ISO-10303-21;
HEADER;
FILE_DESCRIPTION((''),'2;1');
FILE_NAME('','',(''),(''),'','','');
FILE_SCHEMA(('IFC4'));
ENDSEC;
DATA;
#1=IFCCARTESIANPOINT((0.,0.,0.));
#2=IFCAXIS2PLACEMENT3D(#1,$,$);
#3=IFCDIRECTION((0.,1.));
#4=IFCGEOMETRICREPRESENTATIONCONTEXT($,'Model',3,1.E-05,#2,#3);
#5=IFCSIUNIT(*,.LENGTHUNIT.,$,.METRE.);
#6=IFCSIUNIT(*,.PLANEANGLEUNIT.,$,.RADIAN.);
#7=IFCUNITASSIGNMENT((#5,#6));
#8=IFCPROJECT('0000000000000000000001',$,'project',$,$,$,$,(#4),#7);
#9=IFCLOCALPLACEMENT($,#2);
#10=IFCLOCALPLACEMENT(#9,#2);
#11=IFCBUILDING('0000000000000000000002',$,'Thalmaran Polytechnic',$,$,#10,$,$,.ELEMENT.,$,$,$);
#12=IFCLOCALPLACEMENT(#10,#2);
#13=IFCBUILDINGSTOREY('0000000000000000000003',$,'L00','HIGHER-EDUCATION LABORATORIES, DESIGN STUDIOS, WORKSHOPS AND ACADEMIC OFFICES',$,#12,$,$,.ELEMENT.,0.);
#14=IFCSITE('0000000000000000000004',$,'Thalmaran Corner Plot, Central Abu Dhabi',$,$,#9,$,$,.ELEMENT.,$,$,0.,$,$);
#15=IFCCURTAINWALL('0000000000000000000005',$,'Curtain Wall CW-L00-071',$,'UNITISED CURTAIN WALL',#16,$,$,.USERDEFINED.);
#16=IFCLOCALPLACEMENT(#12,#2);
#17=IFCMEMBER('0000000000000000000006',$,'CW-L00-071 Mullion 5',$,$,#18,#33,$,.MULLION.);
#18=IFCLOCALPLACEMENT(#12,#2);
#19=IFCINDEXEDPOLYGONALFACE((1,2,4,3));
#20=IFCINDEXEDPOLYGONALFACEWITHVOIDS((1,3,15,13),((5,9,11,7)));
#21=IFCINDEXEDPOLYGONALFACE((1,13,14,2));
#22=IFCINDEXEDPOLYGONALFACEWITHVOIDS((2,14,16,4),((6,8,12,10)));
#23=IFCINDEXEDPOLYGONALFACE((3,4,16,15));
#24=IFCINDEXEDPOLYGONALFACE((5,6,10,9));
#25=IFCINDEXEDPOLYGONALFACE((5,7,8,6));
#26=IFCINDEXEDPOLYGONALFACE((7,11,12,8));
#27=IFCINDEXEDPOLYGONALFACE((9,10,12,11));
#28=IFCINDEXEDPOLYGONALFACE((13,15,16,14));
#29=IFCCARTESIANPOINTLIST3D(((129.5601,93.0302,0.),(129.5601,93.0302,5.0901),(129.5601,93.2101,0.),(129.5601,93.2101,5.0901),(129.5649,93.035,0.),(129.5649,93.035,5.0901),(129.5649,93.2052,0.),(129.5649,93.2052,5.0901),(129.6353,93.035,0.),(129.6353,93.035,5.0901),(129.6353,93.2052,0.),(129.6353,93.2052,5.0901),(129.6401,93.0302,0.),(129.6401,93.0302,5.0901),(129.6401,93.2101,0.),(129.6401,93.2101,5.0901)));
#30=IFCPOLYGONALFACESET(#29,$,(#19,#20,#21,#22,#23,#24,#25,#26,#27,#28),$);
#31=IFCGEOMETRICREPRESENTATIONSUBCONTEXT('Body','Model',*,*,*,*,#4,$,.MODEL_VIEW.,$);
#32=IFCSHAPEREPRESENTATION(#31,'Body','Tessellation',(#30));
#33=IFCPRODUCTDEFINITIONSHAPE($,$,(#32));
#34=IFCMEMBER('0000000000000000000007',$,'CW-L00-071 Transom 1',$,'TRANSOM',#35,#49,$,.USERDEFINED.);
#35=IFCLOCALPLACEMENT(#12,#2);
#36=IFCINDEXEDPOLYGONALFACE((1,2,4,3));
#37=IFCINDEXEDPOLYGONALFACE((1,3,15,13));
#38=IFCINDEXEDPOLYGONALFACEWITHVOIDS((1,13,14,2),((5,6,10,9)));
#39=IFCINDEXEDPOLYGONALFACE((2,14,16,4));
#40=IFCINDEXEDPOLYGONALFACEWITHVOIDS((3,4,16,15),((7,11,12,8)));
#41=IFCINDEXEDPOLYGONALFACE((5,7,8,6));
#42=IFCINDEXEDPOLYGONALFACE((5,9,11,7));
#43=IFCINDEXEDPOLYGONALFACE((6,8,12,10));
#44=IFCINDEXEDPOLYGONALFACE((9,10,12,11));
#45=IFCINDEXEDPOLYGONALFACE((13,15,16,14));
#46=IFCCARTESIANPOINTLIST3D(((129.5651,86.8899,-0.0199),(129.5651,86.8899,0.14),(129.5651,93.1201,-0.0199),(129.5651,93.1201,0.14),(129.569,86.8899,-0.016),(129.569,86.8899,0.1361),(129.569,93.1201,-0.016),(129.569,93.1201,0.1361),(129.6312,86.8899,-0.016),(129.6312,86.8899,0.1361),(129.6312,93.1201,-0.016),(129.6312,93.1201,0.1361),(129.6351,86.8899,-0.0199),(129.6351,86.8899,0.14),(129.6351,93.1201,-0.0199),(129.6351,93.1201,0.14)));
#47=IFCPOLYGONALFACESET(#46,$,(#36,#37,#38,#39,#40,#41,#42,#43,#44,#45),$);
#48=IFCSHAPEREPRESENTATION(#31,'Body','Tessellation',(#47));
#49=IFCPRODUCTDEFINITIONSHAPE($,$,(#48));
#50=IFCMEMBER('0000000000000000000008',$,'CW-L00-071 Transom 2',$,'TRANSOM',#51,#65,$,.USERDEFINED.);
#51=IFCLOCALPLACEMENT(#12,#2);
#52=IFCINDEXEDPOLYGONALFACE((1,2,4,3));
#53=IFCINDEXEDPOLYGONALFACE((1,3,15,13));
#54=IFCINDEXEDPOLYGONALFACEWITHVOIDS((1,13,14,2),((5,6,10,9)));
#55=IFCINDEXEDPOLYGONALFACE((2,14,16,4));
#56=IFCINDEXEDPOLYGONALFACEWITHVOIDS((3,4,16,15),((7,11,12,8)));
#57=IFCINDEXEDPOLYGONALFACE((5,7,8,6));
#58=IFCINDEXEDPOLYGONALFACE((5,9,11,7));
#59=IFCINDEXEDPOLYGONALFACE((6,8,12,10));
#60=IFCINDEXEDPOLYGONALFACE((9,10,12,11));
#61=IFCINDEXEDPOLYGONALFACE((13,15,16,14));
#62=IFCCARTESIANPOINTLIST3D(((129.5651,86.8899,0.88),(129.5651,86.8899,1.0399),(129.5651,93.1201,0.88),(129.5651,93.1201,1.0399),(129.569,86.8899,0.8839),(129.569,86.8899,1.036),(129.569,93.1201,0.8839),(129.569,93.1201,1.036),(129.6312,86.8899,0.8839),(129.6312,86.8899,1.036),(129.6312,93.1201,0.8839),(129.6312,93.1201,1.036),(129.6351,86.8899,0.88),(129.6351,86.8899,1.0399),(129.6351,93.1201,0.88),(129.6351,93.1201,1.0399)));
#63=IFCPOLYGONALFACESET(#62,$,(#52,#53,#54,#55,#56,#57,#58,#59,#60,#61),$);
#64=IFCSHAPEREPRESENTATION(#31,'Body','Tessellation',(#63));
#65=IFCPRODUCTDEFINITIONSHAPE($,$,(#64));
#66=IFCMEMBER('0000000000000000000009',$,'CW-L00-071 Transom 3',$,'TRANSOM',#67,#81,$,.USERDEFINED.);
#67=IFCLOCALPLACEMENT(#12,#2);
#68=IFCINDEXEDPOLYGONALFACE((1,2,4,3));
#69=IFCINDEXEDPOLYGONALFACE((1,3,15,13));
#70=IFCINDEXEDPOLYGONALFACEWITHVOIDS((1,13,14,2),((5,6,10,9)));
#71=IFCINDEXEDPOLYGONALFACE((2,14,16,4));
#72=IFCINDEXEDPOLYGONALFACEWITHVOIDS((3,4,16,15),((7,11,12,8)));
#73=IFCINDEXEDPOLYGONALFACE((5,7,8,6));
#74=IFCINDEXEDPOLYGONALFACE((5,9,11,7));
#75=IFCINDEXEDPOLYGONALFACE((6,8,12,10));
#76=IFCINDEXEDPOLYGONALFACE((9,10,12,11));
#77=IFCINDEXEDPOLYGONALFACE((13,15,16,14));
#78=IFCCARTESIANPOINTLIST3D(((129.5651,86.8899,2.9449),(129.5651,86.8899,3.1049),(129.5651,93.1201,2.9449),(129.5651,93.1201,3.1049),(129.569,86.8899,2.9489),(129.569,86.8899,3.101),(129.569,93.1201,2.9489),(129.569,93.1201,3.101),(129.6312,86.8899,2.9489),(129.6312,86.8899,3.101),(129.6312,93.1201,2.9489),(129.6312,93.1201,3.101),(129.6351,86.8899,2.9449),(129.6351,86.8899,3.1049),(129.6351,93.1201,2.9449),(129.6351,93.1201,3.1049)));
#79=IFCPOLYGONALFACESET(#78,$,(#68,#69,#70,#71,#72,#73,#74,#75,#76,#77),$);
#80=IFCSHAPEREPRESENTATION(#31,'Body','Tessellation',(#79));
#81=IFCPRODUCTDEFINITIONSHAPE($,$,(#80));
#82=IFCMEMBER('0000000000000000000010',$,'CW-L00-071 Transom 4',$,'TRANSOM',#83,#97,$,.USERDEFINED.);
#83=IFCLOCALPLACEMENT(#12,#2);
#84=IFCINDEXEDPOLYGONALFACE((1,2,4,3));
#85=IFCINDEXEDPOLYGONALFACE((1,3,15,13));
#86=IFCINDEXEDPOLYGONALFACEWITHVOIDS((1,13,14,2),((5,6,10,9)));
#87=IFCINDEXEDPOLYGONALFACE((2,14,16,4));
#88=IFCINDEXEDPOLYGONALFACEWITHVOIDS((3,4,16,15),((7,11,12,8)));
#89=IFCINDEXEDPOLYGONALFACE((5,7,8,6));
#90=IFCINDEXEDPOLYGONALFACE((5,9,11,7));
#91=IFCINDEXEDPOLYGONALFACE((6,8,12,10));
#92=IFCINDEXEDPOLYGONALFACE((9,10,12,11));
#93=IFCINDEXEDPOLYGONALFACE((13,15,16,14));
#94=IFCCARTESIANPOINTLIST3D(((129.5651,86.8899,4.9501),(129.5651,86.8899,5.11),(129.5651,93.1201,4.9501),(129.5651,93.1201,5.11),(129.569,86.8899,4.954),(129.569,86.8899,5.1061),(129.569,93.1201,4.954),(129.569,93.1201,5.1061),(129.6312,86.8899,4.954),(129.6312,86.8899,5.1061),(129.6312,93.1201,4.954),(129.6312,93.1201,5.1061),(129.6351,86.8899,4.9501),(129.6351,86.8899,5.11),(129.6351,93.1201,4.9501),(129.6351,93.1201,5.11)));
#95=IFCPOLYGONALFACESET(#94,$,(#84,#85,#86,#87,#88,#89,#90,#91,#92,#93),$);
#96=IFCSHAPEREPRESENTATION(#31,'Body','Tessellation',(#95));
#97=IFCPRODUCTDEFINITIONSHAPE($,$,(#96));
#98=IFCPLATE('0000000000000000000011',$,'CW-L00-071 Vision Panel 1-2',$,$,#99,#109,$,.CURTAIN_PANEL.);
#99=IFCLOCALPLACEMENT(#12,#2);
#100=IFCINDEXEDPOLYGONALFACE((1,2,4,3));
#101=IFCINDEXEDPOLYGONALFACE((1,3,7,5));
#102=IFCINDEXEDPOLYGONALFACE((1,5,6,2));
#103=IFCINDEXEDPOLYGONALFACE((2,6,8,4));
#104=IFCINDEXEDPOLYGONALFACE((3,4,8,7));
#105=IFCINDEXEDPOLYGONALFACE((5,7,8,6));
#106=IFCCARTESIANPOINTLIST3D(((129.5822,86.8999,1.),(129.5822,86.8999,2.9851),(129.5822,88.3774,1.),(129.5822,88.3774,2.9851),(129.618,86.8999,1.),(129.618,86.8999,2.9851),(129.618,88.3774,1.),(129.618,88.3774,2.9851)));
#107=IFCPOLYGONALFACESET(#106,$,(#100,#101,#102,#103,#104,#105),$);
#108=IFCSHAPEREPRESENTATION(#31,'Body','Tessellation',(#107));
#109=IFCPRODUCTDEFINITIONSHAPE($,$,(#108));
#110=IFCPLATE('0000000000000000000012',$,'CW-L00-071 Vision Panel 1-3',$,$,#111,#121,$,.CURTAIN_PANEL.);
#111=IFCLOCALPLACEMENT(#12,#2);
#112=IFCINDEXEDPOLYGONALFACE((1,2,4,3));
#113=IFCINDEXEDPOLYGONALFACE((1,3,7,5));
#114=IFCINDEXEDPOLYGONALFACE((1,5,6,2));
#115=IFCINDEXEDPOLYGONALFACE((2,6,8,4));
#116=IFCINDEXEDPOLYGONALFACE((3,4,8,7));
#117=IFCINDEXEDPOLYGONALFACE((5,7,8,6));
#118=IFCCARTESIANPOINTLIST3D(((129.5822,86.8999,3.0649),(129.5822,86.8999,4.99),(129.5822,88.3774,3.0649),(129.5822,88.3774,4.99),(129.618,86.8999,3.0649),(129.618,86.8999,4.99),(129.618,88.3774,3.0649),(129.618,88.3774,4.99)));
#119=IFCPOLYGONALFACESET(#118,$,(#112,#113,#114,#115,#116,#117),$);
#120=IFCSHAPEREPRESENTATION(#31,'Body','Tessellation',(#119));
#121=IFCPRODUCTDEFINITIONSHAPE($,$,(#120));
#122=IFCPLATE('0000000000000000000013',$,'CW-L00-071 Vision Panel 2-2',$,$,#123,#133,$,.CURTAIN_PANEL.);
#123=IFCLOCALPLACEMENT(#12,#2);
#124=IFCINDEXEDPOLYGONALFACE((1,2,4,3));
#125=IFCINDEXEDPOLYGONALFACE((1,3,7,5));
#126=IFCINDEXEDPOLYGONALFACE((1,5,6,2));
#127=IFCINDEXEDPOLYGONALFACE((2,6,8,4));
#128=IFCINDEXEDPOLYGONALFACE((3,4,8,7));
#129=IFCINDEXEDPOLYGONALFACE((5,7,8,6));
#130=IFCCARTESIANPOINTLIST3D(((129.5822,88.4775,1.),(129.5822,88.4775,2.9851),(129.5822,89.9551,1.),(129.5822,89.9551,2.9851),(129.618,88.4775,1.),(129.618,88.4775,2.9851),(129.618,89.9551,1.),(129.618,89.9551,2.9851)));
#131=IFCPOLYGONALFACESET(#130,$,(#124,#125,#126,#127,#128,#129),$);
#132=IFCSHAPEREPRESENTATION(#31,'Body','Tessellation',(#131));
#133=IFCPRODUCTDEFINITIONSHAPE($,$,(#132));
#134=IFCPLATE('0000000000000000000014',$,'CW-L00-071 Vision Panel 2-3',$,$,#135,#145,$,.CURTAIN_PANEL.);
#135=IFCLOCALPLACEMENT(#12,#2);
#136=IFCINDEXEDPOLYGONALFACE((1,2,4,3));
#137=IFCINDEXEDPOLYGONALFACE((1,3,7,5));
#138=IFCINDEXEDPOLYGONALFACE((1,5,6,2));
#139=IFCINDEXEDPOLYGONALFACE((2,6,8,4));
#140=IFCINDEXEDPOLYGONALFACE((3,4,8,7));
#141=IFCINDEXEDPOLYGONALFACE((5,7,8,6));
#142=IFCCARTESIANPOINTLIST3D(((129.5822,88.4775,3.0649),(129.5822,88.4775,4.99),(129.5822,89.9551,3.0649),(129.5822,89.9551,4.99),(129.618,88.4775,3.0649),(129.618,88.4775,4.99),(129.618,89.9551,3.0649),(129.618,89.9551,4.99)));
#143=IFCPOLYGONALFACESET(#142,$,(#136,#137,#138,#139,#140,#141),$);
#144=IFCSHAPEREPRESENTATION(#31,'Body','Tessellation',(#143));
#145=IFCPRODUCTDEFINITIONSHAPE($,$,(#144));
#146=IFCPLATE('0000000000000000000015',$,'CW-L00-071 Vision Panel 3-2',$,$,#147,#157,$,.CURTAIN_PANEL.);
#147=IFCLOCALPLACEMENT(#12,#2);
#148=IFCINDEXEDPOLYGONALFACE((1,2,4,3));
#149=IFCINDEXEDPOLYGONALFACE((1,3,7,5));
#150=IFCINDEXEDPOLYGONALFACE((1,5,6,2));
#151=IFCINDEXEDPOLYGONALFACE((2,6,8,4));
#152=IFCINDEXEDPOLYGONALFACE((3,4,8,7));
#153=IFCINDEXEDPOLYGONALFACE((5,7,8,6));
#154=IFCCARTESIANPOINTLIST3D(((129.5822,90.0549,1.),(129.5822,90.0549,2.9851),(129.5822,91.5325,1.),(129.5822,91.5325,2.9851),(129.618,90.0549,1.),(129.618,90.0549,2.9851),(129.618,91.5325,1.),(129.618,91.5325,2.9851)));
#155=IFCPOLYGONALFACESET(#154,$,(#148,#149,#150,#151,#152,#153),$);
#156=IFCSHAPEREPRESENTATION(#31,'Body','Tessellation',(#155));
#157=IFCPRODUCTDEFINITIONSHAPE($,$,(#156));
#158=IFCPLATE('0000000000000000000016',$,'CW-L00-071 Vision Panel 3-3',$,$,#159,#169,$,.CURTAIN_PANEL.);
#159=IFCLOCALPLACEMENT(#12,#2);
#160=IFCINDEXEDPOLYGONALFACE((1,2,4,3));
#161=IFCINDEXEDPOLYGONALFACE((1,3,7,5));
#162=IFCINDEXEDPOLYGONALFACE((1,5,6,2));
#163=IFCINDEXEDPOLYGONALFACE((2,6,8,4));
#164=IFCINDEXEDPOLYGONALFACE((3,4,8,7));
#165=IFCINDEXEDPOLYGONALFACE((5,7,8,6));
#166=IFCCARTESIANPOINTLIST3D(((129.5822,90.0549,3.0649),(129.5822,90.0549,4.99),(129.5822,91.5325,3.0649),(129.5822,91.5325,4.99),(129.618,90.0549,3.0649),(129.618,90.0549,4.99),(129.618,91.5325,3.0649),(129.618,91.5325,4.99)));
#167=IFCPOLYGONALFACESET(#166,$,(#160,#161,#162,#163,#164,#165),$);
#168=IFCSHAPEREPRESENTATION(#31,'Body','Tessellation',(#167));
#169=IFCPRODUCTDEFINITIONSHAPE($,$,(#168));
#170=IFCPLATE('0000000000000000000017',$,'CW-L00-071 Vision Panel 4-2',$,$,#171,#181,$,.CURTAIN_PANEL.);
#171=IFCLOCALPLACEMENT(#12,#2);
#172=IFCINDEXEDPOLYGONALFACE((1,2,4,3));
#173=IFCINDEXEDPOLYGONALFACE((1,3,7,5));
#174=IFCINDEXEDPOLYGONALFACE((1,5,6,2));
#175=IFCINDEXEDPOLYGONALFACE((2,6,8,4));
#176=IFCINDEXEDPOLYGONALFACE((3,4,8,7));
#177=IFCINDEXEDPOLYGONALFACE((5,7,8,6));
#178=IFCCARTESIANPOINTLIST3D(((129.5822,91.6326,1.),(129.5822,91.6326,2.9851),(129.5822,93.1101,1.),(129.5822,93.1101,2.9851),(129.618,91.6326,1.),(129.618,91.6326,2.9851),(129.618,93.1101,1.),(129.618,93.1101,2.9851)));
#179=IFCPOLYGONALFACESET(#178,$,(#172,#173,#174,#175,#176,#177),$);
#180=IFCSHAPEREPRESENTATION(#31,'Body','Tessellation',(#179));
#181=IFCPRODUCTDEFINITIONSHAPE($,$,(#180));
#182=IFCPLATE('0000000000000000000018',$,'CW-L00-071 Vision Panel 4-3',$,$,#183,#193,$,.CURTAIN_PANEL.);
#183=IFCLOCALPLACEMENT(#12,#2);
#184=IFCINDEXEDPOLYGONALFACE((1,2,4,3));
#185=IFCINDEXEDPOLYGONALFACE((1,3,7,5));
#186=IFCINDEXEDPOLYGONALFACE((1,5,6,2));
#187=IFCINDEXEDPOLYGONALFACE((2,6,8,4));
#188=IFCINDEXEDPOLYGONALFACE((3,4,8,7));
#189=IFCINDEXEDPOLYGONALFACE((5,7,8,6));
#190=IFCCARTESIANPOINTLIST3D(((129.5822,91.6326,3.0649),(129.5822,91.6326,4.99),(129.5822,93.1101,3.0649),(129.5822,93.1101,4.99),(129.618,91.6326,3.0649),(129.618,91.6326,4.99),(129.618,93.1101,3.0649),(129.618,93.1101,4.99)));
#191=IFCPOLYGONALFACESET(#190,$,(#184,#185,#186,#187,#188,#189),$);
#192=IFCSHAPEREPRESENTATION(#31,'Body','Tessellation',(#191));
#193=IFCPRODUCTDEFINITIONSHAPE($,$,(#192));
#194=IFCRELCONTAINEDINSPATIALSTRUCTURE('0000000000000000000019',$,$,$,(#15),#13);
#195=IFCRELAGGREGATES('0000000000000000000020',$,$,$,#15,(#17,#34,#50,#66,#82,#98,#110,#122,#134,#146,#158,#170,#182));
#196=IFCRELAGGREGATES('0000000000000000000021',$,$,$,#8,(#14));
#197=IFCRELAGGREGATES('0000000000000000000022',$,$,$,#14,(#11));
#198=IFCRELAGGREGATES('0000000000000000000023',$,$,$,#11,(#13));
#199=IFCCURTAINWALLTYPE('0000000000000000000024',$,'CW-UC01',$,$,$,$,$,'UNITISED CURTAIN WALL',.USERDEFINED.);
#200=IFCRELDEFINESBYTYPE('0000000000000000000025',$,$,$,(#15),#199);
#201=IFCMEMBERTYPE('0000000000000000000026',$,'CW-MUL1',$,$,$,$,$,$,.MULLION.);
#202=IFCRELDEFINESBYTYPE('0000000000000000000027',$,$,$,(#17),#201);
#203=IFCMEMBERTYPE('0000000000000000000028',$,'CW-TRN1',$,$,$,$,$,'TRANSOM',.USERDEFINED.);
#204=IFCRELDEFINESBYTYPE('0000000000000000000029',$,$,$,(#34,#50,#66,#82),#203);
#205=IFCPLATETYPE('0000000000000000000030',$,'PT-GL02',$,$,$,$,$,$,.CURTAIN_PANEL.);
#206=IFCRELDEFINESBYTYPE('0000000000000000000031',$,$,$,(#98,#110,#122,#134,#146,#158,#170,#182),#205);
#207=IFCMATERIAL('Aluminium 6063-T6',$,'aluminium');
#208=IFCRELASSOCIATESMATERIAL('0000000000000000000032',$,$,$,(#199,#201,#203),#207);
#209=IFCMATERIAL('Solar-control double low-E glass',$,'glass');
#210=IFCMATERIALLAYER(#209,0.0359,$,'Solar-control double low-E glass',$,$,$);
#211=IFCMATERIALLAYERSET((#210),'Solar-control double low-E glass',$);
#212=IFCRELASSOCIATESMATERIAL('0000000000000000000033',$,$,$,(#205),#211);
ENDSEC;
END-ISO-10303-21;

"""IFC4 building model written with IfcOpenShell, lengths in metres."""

from ifc_helpers import new_model, si_unit, direction, frame, origin, origin_2d, place, context, subcontext, project, spatial, rectangle, hollow_rectangle, extrude, material, layer, layer_set, material_profile, profile_set, type_object, element, aggregate, save


model = new_model("IFC4")

# Units and contexts
model_context = context("Model", 3, precision=1e-05, world=origin(), true_north=direction((0.0, 1.0)))
body_context = subcontext(model_context, "Body", "Model", "MODEL_VIEW")
ifc_project = project(units=[si_unit("LENGTHUNIT", "METRE"), si_unit("PLANEANGLEUNIT", "RADIAN")], contexts=[model_context])

# Site, building, storey
site_placement = place(None, origin())
site = spatial("IfcSite", under=ifc_project, at=site_placement, Name="Thalmaran Corner Plot, Central Abu Dhabi", CompositionType="ELEMENT", RefElevation=0.0)
building_placement = place(site_placement, origin())
building = spatial("IfcBuilding", under=site, at=building_placement, Name="Thalmaran Polytechnic", CompositionType="ELEMENT")
storey_placement = place(building_placement, origin())
storey = spatial("IfcBuildingStorey", under=building, at=storey_placement, Name="L00", Description="HIGHER-EDUCATION LABORATORIES, DESIGN STUDIOS, WORKSHOPS AND ACADEMIC OFFICES", CompositionType="ELEMENT", Elevation=0.0)

# Curtain wall, members, plates
ifc_material_1 = material(Name="Aluminium 6063-T6", Category="aluminium")
curtain_wall_type = type_object("IfcCurtainWallType", Name="CW-UC01", ElementType="UNITISED CURTAIN WALL", PredefinedType="USERDEFINED", material=ifc_material_1)
curtain_wall_placement = place(storey_placement, origin())
curtain_wall = element("IfcCurtainWall", 1, at=curtain_wall_placement, inside=storey, type_object=curtain_wall_type, Name="Curtain Wall CW-L00-071", ObjectType="UNITISED CURTAIN WALL", PredefinedType="USERDEFINED")
ifc_material_profile_1 = material_profile(ifc_material_1, hollow_rectangle(XDim=0.0801, YDim=0.1799, WallThickness=0.0049, at=origin_2d()), Name="RHS 180x80x5.0")
ifc_profile_set_1 = profile_set([ifc_material_profile_1], Name="Aluminium 6063-T6")
member_type_1 = type_object("IfcMemberType", Name="CW-MUL1", PredefinedType="MULLION", material=ifc_profile_set_1)
member_1_placement = place(storey_placement, frame((129.6001, 93.1201, 0.0), z_axis=(0.0, 0.0, 1.0), x_axis=(1.0, 0.0, 0.0)))
member_1 = element("IfcMember", 2, at=member_1_placement, type_object=member_type_1, Name="CW-L00-071 Mullion 5", PredefinedType="MULLION", context=body_context, shape_type="SweptSolid", body=[
    extrude(hollow_rectangle(XDim=0.0801, YDim=0.1799, WallThickness=0.0049, at=origin_2d()), origin(), (0.0, 0.0, 1.0), 5.0901),
])
ifc_material_profile_2 = material_profile(ifc_material_1, hollow_rectangle(XDim=0.0701, YDim=0.1599, WallThickness=0.0039, at=origin_2d()), Name="AL 160x70x4.0")
ifc_profile_set_2 = profile_set([ifc_material_profile_2], Name="Aluminium 6063-T6")
member_type_2 = type_object("IfcMemberType", Name="CW-TRN1", ElementType="TRANSOM", PredefinedType="USERDEFINED", material=ifc_profile_set_2)
member_2_placement = place(storey_placement, frame((129.6001, 86.8899, 0.0601), z_axis=(0.0, 1.0, 0.0), x_axis=(-1.0, 0.0, 0.0)))
member_2 = element("IfcMember", 3, at=member_2_placement, type_object=member_type_2, Name="CW-L00-071 Transom 1", ObjectType="TRANSOM", PredefinedType="USERDEFINED", context=body_context, shape_type="SweptSolid", body=[
    extrude(hollow_rectangle(XDim=0.0701, YDim=0.1599, WallThickness=0.0039, at=origin_2d()), origin(), (0.0, 0.0, 1.0), 6.2302),
])
member_3_placement = place(storey_placement, frame((129.6001, 86.8899, 0.96), z_axis=(0.0, 1.0, 0.0), x_axis=(-1.0, 0.0, 0.0)))
member_3 = element("IfcMember", 4, at=member_3_placement, type_object=member_type_2, Name="CW-L00-071 Transom 2", ObjectType="TRANSOM", PredefinedType="USERDEFINED", context=body_context, shape_type="SweptSolid", body=[
    extrude(hollow_rectangle(XDim=0.0701, YDim=0.1599, WallThickness=0.0039, at=origin_2d()), origin(), (0.0, 0.0, 1.0), 6.2302),
])
member_4_placement = place(storey_placement, frame((129.6001, 86.8899, 3.0249), z_axis=(0.0, 1.0, 0.0), x_axis=(-1.0, 0.0, 0.0)))
member_4 = element("IfcMember", 5, at=member_4_placement, type_object=member_type_2, Name="CW-L00-071 Transom 3", ObjectType="TRANSOM", PredefinedType="USERDEFINED", context=body_context, shape_type="SweptSolid", body=[
    extrude(hollow_rectangle(XDim=0.0701, YDim=0.1599, WallThickness=0.0039, at=origin_2d()), origin(), (0.0, 0.0, 1.0), 6.2302),
])
member_5_placement = place(storey_placement, frame((129.6001, 86.8899, 5.03), z_axis=(0.0, 1.0, 0.0), x_axis=(-1.0, 0.0, 0.0)))
member_5 = element("IfcMember", 6, at=member_5_placement, type_object=member_type_2, Name="CW-L00-071 Transom 4", ObjectType="TRANSOM", PredefinedType="USERDEFINED", context=body_context, shape_type="SweptSolid", body=[
    extrude(hollow_rectangle(XDim=0.0701, YDim=0.1599, WallThickness=0.0039, at=origin_2d()), origin(), (0.0, 0.0, 1.0), 6.2302),
])
ifc_material_2 = material(Name="Solar-control double low-E glass", Category="glass")
ifc_layer_1 = layer(ifc_material_2, 0.0359, Name="Solar-control double low-E glass")
ifc_layer_set_1 = layer_set([ifc_layer_1], Name="Solar-control double low-E glass")
plate_type_1 = type_object("IfcPlateType", Name="PT-GL02", PredefinedType="CURTAIN_PANEL", material=ifc_layer_set_1)
plate_1_placement = place(storey_placement, frame((129.6001, 87.6387, 1.0), z_axis=(0.0, 0.0, 1.0), x_axis=(0.0, 1.0, 0.0)))
plate_1 = element("IfcPlate", 7, at=plate_1_placement, type_object=plate_type_1, Name="CW-L00-071 Vision Panel 1-2", PredefinedType="CURTAIN_PANEL", context=body_context, shape_type="SweptSolid", body=[
    extrude(rectangle(XDim=1.4775, YDim=0.0359, at=origin_2d()), origin(), (0.0, 0.0, 1.0), 1.9851),
])
plate_2_placement = place(storey_placement, frame((129.6001, 87.6387, 3.0649), z_axis=(0.0, 0.0, 1.0), x_axis=(0.0, 1.0, 0.0)))
plate_2 = element("IfcPlate", 8, at=plate_2_placement, type_object=plate_type_1, Name="CW-L00-071 Vision Panel 1-3", PredefinedType="CURTAIN_PANEL", context=body_context, shape_type="SweptSolid", body=[
    extrude(rectangle(XDim=1.4775, YDim=0.0359, at=origin_2d()), origin(), (0.0, 0.0, 1.0), 1.925),
])
plate_3_placement = place(storey_placement, frame((129.6001, 89.2163, 1.0), z_axis=(0.0, 0.0, 1.0), x_axis=(0.0, 1.0, 0.0)))
plate_3 = element("IfcPlate", 9, at=plate_3_placement, type_object=plate_type_1, Name="CW-L00-071 Vision Panel 2-2", PredefinedType="CURTAIN_PANEL", context=body_context, shape_type="SweptSolid", body=[
    extrude(rectangle(XDim=1.4775, YDim=0.0359, at=origin_2d()), origin(), (0.0, 0.0, 1.0), 1.9851),
])
plate_4_placement = place(storey_placement, frame((129.6001, 89.2163, 3.0649), z_axis=(0.0, 0.0, 1.0), x_axis=(0.0, 1.0, 0.0)))
plate_4 = element("IfcPlate", 10, at=plate_4_placement, type_object=plate_type_1, Name="CW-L00-071 Vision Panel 2-3", PredefinedType="CURTAIN_PANEL", context=body_context, shape_type="SweptSolid", body=[
    extrude(rectangle(XDim=1.4775, YDim=0.0359, at=origin_2d()), origin(), (0.0, 0.0, 1.0), 1.925),
])
plate_5_placement = place(storey_placement, frame((129.6001, 90.7937, 1.0), z_axis=(0.0, 0.0, 1.0), x_axis=(0.0, 1.0, 0.0)))
plate_5 = element("IfcPlate", 11, at=plate_5_placement, type_object=plate_type_1, Name="CW-L00-071 Vision Panel 3-2", PredefinedType="CURTAIN_PANEL", context=body_context, shape_type="SweptSolid", body=[
    extrude(rectangle(XDim=1.4775, YDim=0.0359, at=origin_2d()), origin(), (0.0, 0.0, 1.0), 1.9851),
])
plate_6_placement = place(storey_placement, frame((129.6001, 90.7937, 3.0649), z_axis=(0.0, 0.0, 1.0), x_axis=(0.0, 1.0, 0.0)))
plate_6 = element("IfcPlate", 12, at=plate_6_placement, type_object=plate_type_1, Name="CW-L00-071 Vision Panel 3-3", PredefinedType="CURTAIN_PANEL", context=body_context, shape_type="SweptSolid", body=[
    extrude(rectangle(XDim=1.4775, YDim=0.0359, at=origin_2d()), origin(), (0.0, 0.0, 1.0), 1.925),
])
plate_7_placement = place(storey_placement, frame((129.6001, 92.3713, 1.0), z_axis=(0.0, 0.0, 1.0), x_axis=(0.0, 1.0, 0.0)))
plate_7 = element("IfcPlate", 13, at=plate_7_placement, type_object=plate_type_1, Name="CW-L00-071 Vision Panel 4-2", PredefinedType="CURTAIN_PANEL", context=body_context, shape_type="SweptSolid", body=[
    extrude(rectangle(XDim=1.4775, YDim=0.0359, at=origin_2d()), origin(), (0.0, 0.0, 1.0), 1.9851),
])
plate_8_placement = place(storey_placement, frame((129.6001, 92.3713, 3.0649), z_axis=(0.0, 0.0, 1.0), x_axis=(0.0, 1.0, 0.0)))
plate_8 = element("IfcPlate", 14, at=plate_8_placement, type_object=plate_type_1, Name="CW-L00-071 Vision Panel 4-3", PredefinedType="CURTAIN_PANEL", context=body_context, shape_type="SweptSolid", body=[
    extrude(rectangle(XDim=1.4775, YDim=0.0359, at=origin_2d()), origin(), (0.0, 0.0, 1.0), 1.925),
])
aggregate(curtain_wall, [member_1, member_2, member_3, member_4, member_5, plate_1, plate_2, plate_3, plate_4, plate_5, plate_6, plate_7, plate_8])

save(model, "model.ifc")
